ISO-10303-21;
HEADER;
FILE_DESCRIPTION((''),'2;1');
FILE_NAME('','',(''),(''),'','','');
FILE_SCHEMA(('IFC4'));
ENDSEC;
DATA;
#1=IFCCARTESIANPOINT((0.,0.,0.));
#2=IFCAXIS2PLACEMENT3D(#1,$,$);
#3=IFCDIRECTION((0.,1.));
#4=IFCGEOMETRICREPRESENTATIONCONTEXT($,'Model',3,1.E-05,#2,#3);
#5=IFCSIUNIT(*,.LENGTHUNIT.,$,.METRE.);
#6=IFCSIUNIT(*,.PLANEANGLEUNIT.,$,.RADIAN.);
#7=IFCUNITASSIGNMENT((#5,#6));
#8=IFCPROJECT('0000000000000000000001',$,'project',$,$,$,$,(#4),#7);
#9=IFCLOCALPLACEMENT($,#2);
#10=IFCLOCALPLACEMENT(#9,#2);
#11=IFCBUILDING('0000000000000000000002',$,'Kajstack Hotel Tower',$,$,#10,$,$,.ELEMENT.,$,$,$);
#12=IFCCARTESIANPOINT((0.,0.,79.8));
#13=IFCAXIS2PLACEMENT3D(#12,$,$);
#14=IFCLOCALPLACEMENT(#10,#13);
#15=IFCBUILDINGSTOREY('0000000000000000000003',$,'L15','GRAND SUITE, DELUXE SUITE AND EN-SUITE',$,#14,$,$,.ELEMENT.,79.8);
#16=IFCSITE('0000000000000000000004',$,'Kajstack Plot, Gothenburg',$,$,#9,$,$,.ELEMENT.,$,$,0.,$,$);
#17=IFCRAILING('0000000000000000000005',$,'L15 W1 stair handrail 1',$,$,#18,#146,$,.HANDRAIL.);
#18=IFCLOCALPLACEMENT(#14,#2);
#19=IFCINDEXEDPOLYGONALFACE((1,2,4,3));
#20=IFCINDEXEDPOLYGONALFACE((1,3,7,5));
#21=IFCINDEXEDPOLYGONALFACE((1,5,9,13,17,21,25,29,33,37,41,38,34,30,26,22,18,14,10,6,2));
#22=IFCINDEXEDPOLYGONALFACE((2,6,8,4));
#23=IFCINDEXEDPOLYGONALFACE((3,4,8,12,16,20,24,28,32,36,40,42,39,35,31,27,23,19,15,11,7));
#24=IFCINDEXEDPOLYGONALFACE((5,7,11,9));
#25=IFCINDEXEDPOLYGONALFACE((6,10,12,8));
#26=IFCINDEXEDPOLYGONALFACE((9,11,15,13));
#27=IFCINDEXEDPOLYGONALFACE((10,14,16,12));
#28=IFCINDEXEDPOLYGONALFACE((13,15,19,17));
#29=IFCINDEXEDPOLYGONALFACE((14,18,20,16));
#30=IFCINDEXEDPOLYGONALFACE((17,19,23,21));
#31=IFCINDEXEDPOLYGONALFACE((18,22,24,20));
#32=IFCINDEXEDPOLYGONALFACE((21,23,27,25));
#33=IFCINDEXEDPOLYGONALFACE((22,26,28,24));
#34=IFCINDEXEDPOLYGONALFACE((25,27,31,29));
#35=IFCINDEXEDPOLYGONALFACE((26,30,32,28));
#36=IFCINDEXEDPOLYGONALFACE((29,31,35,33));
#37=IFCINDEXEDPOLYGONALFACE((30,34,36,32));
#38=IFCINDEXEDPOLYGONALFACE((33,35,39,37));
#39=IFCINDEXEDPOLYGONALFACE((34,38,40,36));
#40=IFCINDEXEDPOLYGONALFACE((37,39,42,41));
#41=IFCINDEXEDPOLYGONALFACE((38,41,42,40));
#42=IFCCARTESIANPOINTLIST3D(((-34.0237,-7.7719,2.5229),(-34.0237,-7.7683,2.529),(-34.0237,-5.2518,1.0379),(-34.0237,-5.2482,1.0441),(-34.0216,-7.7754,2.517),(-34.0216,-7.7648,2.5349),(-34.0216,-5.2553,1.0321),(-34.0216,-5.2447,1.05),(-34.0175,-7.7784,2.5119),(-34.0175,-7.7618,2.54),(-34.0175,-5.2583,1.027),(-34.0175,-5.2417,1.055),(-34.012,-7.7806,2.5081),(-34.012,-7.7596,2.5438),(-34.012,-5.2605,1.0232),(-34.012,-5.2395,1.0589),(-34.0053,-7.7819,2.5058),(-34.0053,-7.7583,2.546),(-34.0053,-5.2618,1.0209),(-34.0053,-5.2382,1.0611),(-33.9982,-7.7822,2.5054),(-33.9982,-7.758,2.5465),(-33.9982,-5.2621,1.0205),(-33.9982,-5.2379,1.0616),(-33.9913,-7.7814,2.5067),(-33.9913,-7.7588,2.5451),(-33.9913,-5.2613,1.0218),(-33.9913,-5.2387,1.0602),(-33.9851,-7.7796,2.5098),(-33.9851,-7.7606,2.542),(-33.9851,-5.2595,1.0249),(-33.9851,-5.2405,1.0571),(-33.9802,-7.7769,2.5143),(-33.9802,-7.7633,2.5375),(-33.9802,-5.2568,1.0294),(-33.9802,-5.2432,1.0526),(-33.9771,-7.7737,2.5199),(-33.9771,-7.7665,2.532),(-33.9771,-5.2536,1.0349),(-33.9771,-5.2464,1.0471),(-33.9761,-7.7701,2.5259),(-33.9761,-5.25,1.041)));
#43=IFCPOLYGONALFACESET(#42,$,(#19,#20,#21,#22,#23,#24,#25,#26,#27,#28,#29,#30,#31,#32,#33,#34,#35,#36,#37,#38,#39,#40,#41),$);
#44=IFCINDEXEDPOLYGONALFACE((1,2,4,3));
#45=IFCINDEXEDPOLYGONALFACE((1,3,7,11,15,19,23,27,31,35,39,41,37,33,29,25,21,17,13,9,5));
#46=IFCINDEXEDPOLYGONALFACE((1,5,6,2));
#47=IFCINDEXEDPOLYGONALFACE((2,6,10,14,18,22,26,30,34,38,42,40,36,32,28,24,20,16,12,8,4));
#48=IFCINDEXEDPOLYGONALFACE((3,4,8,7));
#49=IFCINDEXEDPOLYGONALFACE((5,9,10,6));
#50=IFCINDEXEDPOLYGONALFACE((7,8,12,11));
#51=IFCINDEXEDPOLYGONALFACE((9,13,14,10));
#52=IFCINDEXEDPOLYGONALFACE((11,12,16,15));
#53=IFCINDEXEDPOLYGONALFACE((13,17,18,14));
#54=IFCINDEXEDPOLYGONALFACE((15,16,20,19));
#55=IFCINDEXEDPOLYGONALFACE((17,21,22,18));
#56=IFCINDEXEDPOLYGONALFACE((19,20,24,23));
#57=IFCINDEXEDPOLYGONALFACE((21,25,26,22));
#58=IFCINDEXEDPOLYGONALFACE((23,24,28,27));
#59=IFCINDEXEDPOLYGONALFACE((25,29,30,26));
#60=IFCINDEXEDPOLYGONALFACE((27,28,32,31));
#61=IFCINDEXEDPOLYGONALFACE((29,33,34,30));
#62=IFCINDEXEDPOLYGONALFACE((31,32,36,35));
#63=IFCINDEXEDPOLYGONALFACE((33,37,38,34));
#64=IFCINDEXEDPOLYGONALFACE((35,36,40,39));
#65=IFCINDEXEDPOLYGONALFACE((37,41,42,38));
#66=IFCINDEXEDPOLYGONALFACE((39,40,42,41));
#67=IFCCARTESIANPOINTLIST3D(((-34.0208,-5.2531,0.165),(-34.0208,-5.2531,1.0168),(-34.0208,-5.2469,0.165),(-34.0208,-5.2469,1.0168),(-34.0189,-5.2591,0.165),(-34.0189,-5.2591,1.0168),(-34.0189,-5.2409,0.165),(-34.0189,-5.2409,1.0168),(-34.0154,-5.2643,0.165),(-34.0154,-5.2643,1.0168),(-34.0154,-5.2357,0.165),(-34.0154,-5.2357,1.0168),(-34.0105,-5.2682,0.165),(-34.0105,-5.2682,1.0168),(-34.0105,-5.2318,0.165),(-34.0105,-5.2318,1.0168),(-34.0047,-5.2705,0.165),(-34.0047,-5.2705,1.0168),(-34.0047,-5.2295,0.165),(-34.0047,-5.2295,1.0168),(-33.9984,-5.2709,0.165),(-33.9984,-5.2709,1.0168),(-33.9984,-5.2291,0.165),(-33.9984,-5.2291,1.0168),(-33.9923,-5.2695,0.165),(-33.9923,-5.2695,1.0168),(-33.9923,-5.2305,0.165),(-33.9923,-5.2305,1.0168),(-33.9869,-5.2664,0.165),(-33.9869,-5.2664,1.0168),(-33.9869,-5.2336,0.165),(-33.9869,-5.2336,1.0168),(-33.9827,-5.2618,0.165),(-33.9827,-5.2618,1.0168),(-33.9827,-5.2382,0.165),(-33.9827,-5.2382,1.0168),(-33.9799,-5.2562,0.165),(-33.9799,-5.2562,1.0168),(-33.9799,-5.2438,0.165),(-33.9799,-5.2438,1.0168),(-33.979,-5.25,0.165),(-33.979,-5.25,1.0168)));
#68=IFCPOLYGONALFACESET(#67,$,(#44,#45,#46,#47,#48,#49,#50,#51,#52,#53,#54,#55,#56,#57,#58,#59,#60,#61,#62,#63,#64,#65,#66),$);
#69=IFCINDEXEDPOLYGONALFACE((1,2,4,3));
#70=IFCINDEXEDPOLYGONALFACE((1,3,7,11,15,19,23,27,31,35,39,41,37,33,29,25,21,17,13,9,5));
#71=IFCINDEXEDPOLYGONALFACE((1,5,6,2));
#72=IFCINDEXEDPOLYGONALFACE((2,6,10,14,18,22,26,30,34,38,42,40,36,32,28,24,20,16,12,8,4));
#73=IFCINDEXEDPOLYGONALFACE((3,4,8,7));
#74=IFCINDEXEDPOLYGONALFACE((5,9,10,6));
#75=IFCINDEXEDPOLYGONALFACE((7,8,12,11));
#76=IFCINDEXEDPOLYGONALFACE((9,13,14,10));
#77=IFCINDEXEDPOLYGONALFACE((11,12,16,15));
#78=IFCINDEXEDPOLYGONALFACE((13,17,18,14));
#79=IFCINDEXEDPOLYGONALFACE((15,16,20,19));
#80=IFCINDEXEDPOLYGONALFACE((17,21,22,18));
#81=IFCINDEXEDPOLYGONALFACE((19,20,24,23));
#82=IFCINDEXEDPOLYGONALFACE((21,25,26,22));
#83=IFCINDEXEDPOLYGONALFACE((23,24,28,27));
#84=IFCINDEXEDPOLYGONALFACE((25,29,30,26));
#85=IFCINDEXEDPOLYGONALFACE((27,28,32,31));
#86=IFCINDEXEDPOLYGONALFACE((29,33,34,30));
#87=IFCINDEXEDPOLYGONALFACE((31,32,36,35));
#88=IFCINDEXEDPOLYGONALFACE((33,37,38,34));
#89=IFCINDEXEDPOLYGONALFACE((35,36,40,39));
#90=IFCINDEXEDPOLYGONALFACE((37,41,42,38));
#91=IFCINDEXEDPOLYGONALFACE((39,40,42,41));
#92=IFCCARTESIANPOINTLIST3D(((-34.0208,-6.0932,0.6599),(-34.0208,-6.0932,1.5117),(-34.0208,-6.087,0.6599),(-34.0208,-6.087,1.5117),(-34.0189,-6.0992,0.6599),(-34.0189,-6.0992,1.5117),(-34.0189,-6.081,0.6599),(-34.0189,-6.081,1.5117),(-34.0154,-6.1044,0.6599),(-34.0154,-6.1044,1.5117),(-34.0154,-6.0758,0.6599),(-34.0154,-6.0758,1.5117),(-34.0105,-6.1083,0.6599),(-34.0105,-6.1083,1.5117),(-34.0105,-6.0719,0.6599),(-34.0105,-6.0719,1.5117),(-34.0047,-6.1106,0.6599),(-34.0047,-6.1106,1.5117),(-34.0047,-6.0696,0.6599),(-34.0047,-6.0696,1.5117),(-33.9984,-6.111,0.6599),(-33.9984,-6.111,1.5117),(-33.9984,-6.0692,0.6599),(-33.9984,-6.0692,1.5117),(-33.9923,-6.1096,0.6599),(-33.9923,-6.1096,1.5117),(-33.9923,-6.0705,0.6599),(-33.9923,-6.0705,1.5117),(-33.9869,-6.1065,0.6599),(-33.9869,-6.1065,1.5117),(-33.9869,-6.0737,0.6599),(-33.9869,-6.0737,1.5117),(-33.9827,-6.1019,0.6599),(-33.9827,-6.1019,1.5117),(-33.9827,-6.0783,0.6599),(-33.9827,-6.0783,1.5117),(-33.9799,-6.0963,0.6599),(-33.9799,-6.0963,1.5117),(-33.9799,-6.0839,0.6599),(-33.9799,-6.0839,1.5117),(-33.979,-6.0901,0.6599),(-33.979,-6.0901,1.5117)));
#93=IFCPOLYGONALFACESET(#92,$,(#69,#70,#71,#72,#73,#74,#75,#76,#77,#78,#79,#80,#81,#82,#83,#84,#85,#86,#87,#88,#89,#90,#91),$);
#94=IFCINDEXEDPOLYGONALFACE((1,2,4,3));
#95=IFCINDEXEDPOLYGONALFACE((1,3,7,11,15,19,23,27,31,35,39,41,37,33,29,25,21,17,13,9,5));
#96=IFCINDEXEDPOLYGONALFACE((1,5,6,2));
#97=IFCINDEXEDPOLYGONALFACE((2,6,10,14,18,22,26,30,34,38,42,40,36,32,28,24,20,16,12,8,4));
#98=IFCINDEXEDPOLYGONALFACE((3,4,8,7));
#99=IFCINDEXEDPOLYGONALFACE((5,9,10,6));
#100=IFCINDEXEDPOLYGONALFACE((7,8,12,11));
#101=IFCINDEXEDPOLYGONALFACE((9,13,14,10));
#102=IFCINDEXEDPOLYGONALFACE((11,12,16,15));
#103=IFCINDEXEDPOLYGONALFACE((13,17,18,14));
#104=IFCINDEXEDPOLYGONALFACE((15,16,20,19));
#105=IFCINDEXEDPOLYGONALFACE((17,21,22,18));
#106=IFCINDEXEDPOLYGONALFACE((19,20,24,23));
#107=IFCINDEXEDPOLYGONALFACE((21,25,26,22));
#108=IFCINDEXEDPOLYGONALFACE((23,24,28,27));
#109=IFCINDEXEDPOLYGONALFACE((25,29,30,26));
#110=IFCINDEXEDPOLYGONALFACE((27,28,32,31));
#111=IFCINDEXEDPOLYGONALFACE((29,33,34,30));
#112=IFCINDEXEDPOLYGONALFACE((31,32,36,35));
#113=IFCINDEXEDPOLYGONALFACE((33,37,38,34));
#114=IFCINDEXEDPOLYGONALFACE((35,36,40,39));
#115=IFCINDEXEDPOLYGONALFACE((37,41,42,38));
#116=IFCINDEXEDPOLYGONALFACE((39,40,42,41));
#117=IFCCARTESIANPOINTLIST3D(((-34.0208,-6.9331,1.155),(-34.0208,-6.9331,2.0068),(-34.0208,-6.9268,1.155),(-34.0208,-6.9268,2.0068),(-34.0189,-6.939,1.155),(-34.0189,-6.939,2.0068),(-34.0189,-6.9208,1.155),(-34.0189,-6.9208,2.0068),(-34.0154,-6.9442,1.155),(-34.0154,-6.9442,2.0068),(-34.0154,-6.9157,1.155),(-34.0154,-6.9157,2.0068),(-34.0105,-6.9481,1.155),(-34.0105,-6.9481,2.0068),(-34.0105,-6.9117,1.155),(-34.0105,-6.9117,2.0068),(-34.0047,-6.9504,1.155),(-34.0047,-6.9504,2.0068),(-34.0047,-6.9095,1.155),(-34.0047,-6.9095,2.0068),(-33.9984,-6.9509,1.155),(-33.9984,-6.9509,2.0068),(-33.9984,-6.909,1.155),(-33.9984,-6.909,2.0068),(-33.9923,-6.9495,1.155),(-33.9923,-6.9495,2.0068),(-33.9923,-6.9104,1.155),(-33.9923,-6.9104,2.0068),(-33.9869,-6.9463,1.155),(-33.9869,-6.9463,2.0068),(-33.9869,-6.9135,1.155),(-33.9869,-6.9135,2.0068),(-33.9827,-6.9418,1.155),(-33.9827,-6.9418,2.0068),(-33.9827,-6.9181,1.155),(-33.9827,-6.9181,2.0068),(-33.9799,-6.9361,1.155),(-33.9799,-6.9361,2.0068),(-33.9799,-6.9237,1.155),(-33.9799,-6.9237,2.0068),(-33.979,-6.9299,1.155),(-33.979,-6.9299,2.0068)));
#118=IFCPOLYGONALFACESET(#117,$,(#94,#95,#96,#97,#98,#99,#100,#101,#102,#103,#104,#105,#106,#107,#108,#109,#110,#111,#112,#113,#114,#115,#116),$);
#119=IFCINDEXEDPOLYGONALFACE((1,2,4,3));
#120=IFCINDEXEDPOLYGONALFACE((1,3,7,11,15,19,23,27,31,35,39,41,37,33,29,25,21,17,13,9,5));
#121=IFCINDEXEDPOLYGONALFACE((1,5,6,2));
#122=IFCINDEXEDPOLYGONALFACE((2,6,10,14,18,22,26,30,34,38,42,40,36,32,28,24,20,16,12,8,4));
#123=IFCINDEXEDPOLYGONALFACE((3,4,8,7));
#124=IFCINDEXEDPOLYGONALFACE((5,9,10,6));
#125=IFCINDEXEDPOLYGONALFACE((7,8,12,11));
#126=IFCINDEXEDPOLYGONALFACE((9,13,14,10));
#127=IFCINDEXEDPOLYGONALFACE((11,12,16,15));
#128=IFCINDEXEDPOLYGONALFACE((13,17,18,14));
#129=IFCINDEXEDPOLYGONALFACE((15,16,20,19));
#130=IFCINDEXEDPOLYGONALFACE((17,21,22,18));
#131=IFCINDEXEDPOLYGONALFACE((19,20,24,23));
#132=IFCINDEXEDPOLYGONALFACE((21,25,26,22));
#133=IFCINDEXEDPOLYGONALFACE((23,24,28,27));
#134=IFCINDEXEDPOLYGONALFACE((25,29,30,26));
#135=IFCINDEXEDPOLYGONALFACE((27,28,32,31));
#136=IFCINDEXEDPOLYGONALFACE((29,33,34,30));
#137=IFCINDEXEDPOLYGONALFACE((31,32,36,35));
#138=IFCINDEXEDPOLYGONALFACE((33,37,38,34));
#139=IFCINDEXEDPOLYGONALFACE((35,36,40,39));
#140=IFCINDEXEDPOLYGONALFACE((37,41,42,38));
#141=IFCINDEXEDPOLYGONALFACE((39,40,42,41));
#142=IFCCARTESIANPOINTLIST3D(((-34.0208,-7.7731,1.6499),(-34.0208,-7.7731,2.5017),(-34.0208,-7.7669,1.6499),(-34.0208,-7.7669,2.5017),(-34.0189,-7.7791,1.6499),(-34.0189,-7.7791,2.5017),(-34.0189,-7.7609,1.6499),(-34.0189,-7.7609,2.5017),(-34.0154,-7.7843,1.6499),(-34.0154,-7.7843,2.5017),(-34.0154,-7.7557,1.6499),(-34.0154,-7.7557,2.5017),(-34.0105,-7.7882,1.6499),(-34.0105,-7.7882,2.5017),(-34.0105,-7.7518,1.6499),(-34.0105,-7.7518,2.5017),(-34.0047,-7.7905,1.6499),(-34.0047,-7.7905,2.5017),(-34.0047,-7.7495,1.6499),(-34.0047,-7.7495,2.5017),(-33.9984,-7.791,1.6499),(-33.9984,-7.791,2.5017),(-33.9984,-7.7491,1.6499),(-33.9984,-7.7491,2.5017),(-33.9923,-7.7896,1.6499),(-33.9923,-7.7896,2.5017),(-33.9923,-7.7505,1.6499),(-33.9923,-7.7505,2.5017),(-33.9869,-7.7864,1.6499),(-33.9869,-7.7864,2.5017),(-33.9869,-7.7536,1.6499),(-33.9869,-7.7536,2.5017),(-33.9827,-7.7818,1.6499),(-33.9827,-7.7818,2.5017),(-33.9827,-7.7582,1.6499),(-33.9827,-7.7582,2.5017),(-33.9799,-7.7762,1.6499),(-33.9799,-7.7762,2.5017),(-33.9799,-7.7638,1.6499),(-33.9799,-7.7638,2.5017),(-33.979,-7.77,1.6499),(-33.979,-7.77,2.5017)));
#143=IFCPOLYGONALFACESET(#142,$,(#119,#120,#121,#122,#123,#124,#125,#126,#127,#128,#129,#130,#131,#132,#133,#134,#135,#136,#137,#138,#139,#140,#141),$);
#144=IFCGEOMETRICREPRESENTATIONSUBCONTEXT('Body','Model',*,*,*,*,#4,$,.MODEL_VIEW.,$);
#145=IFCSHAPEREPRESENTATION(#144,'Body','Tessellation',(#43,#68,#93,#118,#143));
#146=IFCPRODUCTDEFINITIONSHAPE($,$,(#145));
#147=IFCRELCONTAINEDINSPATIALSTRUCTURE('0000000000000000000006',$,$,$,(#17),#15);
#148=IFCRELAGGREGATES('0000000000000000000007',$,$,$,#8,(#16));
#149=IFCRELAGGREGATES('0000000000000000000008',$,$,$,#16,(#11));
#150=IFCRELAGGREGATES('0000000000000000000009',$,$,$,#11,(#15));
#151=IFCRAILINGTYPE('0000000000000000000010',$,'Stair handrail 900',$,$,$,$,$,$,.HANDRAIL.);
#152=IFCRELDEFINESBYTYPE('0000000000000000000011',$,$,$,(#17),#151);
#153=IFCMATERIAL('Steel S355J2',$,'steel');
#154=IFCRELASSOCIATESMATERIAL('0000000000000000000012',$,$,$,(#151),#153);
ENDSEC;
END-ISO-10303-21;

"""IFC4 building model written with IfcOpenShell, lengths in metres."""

from ifc_helpers import new_model, si_unit, direction, frame, origin, origin_2d, place, context, subcontext, project, spatial, circle, extrude, material, type_object, element, save


model = new_model("IFC4")

# Units and contexts
model_context = context("Model", 3, precision=1e-05, world=origin(), true_north=direction((0.0, 1.0)))
body_context = subcontext(model_context, "Body", "Model", "MODEL_VIEW")
ifc_project = project(units=[si_unit("LENGTHUNIT", "METRE"), si_unit("PLANEANGLEUNIT", "RADIAN")], contexts=[model_context])

# Site, building, storey
site_placement = place(None, origin())
site = spatial("IfcSite", under=ifc_project, at=site_placement, Name="Kajstack Plot, Gothenburg", CompositionType="ELEMENT", RefElevation=0.0)
building_placement = place(site_placement, origin())
building = spatial("IfcBuilding", under=site, at=building_placement, Name="Kajstack Hotel Tower", CompositionType="ELEMENT")
storey_placement = place(building_placement, frame((0.0, 0.0, 79.8)))
storey = spatial("IfcBuildingStorey", under=building, at=storey_placement, Name="L15", Description="GRAND SUITE, DELUXE SUITE AND EN-SUITE", CompositionType="ELEMENT", Elevation=79.8)

# Railing
ifc_material_1 = material(Name="Steel S355J2", Category="steel")
railing_type_1 = type_object("IfcRailingType", Name="Stair handrail 900", PredefinedType="HANDRAIL", material=ifc_material_1)
railing_1_placement = place(storey_placement, frame((-34.0, -5.25, 0.165)))
element("IfcRailing", 1, at=railing_1_placement, inside=storey, type_object=railing_type_1, Name="L15 W1 stair handrail 1", PredefinedType="HANDRAIL", context=body_context, shape_type="SweptSolid", body=[
    extrude(circle(Radius=0.0239, at=origin_2d()), frame((0.0, 0.0, 0.876), z_axis=(0.0, -0.861561, 0.507655), x_axis=(1.0, 0.0, 0.0)), (0.0, 0.0, 1.0), 2.925),
    extrude(circle(Radius=0.021, at=origin_2d()), origin(), (0.0, 0.0, 1.0), 0.8518),
    extrude(circle(Radius=0.021, at=origin_2d()), frame((0.0, -0.8401, 0.4949)), (0.0, 0.0, 1.0), 0.8518),
    extrude(circle(Radius=0.021, at=origin_2d()), frame((0.0, -1.6799, 0.99)), (0.0, 0.0, 1.0), 0.8518),
    extrude(circle(Radius=0.021, at=origin_2d()), frame((0.0, -2.52, 1.4849)), (0.0, 0.0, 1.0), 0.8518),
])

save(model, "model.ifc")
